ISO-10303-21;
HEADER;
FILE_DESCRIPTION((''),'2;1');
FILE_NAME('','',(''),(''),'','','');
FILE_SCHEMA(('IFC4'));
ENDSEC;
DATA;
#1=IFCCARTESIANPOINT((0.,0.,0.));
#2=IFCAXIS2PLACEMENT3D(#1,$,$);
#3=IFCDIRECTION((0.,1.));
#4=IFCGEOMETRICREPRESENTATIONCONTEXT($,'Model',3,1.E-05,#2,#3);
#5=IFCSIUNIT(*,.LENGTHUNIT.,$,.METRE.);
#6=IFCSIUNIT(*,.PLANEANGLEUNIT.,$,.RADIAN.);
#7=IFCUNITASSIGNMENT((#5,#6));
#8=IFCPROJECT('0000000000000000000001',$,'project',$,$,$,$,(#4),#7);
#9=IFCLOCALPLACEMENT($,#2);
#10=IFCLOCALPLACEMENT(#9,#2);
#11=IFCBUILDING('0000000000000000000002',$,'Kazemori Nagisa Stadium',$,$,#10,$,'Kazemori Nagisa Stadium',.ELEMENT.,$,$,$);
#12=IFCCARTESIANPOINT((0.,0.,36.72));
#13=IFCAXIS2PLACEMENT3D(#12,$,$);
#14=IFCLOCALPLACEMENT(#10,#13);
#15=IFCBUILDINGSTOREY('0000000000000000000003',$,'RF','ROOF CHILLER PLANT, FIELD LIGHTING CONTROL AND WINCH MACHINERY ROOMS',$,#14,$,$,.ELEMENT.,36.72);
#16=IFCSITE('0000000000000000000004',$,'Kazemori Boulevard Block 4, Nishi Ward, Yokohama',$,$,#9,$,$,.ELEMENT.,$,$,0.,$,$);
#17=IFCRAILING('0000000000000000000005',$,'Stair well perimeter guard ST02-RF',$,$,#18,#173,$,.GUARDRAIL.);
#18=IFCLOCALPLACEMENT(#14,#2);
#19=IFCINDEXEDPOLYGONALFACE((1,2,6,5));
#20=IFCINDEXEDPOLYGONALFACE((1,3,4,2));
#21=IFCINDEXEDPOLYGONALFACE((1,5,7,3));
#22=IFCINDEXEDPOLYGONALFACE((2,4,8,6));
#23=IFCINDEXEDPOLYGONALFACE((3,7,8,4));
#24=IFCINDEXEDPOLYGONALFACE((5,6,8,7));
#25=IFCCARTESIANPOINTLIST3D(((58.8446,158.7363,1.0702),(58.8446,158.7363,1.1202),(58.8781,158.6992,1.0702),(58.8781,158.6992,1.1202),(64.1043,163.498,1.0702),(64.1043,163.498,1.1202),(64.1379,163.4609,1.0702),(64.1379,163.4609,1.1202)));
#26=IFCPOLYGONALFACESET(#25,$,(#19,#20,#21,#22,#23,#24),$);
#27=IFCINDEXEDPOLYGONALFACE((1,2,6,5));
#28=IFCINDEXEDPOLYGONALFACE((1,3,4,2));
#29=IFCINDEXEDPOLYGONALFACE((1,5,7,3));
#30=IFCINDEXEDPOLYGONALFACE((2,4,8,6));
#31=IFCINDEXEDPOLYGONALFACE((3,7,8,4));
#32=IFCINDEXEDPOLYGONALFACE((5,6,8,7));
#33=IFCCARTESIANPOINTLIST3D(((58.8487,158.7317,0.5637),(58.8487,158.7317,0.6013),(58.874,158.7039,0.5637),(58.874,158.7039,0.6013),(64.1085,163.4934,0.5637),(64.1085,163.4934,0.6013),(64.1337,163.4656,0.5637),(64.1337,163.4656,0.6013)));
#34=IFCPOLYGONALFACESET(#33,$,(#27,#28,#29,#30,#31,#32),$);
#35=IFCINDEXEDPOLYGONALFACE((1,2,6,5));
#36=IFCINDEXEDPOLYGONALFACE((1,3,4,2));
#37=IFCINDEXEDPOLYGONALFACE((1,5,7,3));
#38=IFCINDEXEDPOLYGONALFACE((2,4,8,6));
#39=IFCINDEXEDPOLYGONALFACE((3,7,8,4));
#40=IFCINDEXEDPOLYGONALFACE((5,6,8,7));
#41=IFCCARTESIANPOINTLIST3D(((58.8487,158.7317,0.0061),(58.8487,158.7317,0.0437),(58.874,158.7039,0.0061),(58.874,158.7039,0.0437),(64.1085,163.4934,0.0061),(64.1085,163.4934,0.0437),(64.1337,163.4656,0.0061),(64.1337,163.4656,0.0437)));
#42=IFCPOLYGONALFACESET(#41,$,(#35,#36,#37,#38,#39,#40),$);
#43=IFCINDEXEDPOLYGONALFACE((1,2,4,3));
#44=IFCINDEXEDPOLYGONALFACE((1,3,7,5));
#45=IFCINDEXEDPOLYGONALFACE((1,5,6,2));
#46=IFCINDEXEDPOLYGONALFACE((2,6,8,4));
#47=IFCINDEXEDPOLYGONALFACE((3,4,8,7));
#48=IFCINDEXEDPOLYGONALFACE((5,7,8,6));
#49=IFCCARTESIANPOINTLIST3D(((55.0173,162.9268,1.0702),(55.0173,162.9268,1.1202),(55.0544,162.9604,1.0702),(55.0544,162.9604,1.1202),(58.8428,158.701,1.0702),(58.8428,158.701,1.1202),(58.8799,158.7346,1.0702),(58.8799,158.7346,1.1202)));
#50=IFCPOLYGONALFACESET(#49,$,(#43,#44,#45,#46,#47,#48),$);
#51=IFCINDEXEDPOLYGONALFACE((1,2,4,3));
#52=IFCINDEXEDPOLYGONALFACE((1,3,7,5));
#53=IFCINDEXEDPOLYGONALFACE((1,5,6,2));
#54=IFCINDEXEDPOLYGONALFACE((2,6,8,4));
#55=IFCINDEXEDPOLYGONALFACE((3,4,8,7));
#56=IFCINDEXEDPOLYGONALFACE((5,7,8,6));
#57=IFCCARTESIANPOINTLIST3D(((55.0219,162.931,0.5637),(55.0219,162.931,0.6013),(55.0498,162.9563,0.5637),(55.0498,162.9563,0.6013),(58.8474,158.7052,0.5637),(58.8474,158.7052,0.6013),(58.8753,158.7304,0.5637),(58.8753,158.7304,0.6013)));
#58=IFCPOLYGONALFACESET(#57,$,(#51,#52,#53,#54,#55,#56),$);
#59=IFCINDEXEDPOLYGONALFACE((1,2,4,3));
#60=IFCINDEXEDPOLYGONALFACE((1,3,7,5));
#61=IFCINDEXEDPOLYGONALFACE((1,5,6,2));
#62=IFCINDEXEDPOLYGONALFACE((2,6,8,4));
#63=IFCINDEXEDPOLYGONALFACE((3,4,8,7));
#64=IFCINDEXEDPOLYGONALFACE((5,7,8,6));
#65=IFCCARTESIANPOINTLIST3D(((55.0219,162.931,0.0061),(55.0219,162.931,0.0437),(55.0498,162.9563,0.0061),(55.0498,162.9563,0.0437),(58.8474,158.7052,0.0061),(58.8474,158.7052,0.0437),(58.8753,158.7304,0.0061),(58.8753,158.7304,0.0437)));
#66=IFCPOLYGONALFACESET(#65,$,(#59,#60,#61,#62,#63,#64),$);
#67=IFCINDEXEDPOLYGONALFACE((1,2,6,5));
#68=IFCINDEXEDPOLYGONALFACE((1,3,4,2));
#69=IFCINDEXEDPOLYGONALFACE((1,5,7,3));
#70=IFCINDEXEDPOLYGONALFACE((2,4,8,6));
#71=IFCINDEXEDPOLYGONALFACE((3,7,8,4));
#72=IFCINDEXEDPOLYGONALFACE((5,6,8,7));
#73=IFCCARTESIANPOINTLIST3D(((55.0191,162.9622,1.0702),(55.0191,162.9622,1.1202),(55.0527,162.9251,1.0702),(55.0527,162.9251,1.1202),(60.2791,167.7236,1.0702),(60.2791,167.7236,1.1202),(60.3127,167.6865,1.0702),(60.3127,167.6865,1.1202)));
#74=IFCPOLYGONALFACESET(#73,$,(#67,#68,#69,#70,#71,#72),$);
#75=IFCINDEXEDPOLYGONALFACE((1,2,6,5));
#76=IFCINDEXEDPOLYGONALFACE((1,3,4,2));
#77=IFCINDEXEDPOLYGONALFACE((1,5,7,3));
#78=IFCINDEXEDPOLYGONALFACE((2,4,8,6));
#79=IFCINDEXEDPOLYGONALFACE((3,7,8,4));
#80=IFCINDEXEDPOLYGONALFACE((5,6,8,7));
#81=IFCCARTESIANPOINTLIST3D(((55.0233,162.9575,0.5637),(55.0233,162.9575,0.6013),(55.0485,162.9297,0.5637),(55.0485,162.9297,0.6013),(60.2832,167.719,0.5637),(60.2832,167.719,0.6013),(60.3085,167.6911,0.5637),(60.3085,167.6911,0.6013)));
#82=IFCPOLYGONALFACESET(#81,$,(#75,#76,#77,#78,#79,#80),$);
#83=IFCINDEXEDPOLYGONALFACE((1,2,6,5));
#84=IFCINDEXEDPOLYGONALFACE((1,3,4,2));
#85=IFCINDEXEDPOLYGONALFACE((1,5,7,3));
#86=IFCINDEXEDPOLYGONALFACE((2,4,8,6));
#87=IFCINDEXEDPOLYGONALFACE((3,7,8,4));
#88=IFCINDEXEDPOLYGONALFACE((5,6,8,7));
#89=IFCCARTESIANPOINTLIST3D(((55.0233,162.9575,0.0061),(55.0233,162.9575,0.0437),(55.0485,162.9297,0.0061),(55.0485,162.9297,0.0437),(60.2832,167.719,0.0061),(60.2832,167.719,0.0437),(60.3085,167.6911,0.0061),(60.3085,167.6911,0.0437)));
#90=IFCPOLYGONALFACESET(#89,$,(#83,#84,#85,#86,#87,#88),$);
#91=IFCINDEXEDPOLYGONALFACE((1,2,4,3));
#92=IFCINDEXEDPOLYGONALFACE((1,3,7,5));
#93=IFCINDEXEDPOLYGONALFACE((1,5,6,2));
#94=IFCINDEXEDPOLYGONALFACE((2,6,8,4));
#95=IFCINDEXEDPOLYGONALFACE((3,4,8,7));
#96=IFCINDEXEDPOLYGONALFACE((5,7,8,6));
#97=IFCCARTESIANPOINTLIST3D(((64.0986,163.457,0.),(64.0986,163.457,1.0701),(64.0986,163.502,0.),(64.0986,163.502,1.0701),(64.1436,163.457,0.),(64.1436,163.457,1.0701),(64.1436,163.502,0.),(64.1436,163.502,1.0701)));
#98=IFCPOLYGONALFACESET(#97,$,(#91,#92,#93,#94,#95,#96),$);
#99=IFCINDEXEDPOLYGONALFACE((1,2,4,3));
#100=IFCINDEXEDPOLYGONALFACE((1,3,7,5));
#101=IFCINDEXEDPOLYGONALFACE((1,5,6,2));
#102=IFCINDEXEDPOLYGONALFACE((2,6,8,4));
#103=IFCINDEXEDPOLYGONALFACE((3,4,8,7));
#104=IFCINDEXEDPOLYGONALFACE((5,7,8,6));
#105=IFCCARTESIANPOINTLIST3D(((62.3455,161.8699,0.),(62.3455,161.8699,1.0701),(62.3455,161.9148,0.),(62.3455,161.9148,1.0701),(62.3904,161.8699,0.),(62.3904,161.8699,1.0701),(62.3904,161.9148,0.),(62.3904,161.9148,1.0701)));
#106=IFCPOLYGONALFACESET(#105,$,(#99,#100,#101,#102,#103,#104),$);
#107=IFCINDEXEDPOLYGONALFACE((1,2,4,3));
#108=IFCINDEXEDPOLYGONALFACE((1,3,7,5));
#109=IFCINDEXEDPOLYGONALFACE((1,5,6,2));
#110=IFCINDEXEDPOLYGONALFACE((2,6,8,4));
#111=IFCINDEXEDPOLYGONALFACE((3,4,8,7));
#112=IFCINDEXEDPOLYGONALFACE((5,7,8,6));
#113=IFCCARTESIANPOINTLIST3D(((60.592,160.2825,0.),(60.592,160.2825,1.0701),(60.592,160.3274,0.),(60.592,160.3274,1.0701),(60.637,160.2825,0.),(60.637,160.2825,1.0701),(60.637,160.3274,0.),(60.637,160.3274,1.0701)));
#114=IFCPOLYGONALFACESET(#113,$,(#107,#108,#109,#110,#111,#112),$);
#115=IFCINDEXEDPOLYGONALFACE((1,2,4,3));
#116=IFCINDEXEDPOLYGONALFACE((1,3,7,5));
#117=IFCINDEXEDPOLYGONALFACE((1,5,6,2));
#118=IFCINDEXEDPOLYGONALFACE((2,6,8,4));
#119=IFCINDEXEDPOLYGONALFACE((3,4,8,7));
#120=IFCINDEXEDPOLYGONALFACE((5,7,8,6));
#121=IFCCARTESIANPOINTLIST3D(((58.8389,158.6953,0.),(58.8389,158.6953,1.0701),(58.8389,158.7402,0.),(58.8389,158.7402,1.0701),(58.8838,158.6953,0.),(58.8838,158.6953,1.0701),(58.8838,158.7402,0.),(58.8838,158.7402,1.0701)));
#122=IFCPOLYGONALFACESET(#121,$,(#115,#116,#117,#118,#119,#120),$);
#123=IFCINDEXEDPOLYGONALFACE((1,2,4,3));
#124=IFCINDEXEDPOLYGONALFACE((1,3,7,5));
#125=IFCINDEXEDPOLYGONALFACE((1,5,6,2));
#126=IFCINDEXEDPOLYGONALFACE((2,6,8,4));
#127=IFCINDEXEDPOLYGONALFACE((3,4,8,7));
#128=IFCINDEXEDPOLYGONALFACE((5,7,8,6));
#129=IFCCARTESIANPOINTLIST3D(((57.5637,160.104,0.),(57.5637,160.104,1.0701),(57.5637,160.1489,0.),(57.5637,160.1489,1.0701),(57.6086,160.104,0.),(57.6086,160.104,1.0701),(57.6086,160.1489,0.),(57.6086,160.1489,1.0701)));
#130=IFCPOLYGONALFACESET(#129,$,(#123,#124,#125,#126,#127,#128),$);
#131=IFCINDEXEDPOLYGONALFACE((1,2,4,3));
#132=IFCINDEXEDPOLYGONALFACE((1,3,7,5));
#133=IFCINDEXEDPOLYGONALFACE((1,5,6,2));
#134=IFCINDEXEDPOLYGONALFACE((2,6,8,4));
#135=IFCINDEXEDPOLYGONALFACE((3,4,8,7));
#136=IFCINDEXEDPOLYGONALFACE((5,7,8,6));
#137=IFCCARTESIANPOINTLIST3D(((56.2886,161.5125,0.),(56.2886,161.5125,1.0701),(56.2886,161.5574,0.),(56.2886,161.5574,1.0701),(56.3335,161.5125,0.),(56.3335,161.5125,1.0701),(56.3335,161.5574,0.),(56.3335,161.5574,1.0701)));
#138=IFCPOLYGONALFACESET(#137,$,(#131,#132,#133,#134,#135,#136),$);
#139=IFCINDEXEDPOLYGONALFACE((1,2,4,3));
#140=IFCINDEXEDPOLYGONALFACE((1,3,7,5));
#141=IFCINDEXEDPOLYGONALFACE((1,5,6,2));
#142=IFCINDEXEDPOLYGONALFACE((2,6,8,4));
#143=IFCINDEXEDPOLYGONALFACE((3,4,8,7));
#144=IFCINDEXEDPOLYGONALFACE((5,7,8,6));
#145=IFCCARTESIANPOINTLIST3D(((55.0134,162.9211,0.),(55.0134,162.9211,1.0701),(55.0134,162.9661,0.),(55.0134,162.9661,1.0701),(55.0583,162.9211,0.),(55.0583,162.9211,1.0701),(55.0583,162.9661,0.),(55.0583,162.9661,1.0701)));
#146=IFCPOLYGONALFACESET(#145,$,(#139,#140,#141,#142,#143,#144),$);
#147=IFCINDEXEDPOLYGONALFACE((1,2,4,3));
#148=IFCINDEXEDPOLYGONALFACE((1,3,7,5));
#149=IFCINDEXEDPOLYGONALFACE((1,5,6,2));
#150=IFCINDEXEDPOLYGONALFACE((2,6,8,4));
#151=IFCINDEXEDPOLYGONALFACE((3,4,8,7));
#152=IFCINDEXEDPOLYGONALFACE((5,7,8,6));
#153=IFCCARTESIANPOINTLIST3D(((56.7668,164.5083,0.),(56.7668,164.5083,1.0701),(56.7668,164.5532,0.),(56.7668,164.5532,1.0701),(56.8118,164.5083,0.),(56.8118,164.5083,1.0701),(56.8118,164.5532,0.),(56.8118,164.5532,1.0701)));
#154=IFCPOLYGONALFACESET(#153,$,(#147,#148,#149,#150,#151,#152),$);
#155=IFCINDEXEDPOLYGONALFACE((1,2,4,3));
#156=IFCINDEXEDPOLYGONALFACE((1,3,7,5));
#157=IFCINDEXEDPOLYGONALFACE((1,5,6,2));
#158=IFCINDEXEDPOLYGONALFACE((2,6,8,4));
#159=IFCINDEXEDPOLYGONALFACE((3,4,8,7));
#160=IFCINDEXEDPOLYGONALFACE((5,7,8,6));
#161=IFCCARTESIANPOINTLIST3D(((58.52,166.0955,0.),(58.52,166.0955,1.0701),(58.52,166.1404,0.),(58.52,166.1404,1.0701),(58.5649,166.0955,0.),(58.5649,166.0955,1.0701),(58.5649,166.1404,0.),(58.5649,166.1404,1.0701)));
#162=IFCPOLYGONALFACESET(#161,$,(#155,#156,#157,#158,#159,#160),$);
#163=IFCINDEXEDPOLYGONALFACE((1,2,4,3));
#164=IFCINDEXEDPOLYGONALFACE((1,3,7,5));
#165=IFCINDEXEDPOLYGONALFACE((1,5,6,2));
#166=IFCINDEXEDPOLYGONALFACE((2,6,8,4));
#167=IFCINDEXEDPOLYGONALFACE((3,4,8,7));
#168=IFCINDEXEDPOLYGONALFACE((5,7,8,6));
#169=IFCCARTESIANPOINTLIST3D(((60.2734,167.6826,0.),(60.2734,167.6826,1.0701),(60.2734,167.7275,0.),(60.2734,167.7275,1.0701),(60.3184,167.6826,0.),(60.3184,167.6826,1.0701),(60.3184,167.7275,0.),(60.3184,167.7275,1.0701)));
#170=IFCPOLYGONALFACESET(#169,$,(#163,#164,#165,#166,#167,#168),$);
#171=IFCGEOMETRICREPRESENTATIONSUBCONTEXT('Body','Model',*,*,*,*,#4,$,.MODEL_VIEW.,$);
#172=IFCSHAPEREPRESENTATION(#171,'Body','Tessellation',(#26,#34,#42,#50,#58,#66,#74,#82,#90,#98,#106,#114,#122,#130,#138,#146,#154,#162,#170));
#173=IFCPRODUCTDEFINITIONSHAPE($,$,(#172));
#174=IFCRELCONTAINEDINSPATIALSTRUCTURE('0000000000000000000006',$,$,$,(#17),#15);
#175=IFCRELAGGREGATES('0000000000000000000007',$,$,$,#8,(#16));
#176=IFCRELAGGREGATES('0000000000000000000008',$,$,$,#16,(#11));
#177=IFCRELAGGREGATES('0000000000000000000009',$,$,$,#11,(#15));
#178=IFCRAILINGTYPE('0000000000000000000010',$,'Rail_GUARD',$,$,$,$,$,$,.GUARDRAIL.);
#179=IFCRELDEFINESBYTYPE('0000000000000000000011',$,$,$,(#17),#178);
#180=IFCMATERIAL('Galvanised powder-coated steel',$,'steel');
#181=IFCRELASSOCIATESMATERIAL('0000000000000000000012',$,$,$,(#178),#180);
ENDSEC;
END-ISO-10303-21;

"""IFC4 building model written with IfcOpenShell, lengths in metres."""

from ifc_helpers import new_model, si_unit, direction, frame, origin, origin_2d, place, context, subcontext, project, spatial, rectangle, extrude, material, type_object, element, save


model = new_model("IFC4")

# Units and contexts
model_context = context("Model", 3, precision=1e-05, world=origin(), true_north=direction((0.0, 1.0)))
body_context = subcontext(model_context, "Body", "Model", "MODEL_VIEW")
ifc_project = project(units=[si_unit("LENGTHUNIT", "METRE"), si_unit("PLANEANGLEUNIT", "RADIAN")], contexts=[model_context])

# Site, building, storey
site_placement = place(None, origin())
site = spatial("IfcSite", under=ifc_project, at=site_placement, Name="Kazemori Boulevard Block 4, Nishi Ward, Yokohama", CompositionType="ELEMENT", RefElevation=0.0)
building_placement = place(site_placement, origin())
building = spatial("IfcBuilding", under=site, at=building_placement, Name="Kazemori Nagisa Stadium", LongName="Kazemori Nagisa Stadium", CompositionType="ELEMENT")
storey_placement = place(building_placement, frame((0.0, 0.0, 36.72)))
storey = spatial("IfcBuildingStorey", under=building, at=storey_placement, Name="RF", Description="ROOF CHILLER PLANT, FIELD LIGHTING CONTROL AND WINCH MACHINERY ROOMS", CompositionType="ELEMENT", Elevation=36.72)

# Railing
ifc_material_1 = material(Name="Galvanised powder-coated steel", Category="steel")
railing_type_1 = type_object("IfcRailingType", Name="Rail_GUARD", PredefinedType="GUARDRAIL", material=ifc_material_1)
railing_1_placement = place(storey_placement, frame((64.1211, 163.4795, 0.0)))
element("IfcRailing", 1, at=railing_1_placement, inside=storey, type_object=railing_type_1, Name="Stair well perimeter guard ST02-RF", PredefinedType="GUARDRAIL", context=body_context, shape_type="SweptSolid", body=[
    extrude(rectangle(XDim=0.05, YDim=0.05, at=origin_2d()), frame((0.0, 0.0, 1.0952), z_axis=(-0.741334, -0.671137, 0.0), x_axis=(0.671137, -0.741334, 0.0)), (0.0, 0.0, 1.0), 7.095),
    extrude(rectangle(XDim=0.0376, YDim=0.0376, at=origin_2d()), frame((0.0, 0.0, 0.5825), z_axis=(-0.741334, -0.671137, 0.0), x_axis=(0.671137, -0.741334, 0.0)), (0.0, 0.0, 1.0), 7.095),
    extrude(rectangle(XDim=0.0376, YDim=0.0376, at=origin_2d()), frame((0.0, 0.0, 0.0249), z_axis=(-0.741334, -0.671137, 0.0), x_axis=(0.671137, -0.741334, 0.0)), (0.0, 0.0, 1.0), 7.095),
    extrude(rectangle(XDim=0.05, YDim=0.05, at=origin_2d()), frame((-5.2598, -4.7617, 1.0952), z_axis=(-0.671113, 0.741355, 0.0), x_axis=(-0.741355, -0.671113, 0.0)), (0.0, 0.0, 1.0), 5.7002),
    extrude(rectangle(XDim=0.0376, YDim=0.0376, at=origin_2d()), frame((-5.2598, -4.7617, 0.5825), z_axis=(-0.671113, 0.741355, 0.0), x_axis=(-0.741355, -0.671113, 0.0)), (0.0, 0.0, 1.0), 5.7002),
    extrude(rectangle(XDim=0.0376, YDim=0.0376, at=origin_2d()), frame((-5.2598, -4.7617, 0.0249), z_axis=(-0.671113, 0.741355, 0.0), x_axis=(-0.741355, -0.671113, 0.0)), (0.0, 0.0, 1.0), 5.7002),
    extrude(rectangle(XDim=0.05, YDim=0.05, at=origin_2d()), frame((-9.0852, -0.5359, 1.0952), z_axis=(0.741366, 0.671101, 0.0), x_axis=(-0.671101, 0.741366, 0.0)), (0.0, 0.0, 1.0), 7.095),
    extrude(rectangle(XDim=0.0376, YDim=0.0376, at=origin_2d()), frame((-9.0852, -0.5359, 0.5825), z_axis=(0.741366, 0.671101, 0.0), x_axis=(-0.671101, 0.741366, 0.0)), (0.0, 0.0, 1.0), 7.095),
    extrude(rectangle(XDim=0.0376, YDim=0.0376, at=origin_2d()), frame((-9.0852, -0.5359, 0.0249), z_axis=(0.741366, 0.671101, 0.0), x_axis=(-0.671101, 0.741366, 0.0)), (0.0, 0.0, 1.0), 7.095),
    extrude(rectangle(XDim=0.0449, YDim=0.0449, at=origin_2d()), origin(), (0.0, 0.0, 1.0), 1.0701),
    extrude(rectangle(XDim=0.0449, YDim=0.0449, at=origin_2d()), frame((-1.7532, -1.5872, 0.0)), (0.0, 0.0, 1.0), 1.0701),
    extrude(rectangle(XDim=0.0449, YDim=0.0449, at=origin_2d()), frame((-3.5066, -3.1746, 0.0)), (0.0, 0.0, 1.0), 1.0701),
    extrude(rectangle(XDim=0.0449, YDim=0.0449, at=origin_2d()), frame((-5.2598, -4.7617, 0.0)), (0.0, 0.0, 1.0), 1.0701),
    extrude(rectangle(XDim=0.0449, YDim=0.0449, at=origin_2d()), frame((-6.5349, -3.353, 0.0)), (0.0, 0.0, 1.0), 1.0701),
    extrude(rectangle(XDim=0.0449, YDim=0.0449, at=origin_2d()), frame((-7.8101, -1.9446, 0.0)), (0.0, 0.0, 1.0), 1.0701),
    extrude(rectangle(XDim=0.0449, YDim=0.0449, at=origin_2d()), frame((-9.0852, -0.5359, 0.0)), (0.0, 0.0, 1.0), 1.0701),
    extrude(rectangle(XDim=0.0449, YDim=0.0449, at=origin_2d()), frame((-7.3318, 1.0513, 0.0)), (0.0, 0.0, 1.0), 1.0701),
    extrude(rectangle(XDim=0.0449, YDim=0.0449, at=origin_2d()), frame((-5.5786, 2.6384, 0.0)), (0.0, 0.0, 1.0), 1.0701),
    extrude(rectangle(XDim=0.0449, YDim=0.0449, at=origin_2d()), frame((-3.8252, 4.2256, 0.0)), (0.0, 0.0, 1.0), 1.0701),
])

save(model, "model.ifc")
